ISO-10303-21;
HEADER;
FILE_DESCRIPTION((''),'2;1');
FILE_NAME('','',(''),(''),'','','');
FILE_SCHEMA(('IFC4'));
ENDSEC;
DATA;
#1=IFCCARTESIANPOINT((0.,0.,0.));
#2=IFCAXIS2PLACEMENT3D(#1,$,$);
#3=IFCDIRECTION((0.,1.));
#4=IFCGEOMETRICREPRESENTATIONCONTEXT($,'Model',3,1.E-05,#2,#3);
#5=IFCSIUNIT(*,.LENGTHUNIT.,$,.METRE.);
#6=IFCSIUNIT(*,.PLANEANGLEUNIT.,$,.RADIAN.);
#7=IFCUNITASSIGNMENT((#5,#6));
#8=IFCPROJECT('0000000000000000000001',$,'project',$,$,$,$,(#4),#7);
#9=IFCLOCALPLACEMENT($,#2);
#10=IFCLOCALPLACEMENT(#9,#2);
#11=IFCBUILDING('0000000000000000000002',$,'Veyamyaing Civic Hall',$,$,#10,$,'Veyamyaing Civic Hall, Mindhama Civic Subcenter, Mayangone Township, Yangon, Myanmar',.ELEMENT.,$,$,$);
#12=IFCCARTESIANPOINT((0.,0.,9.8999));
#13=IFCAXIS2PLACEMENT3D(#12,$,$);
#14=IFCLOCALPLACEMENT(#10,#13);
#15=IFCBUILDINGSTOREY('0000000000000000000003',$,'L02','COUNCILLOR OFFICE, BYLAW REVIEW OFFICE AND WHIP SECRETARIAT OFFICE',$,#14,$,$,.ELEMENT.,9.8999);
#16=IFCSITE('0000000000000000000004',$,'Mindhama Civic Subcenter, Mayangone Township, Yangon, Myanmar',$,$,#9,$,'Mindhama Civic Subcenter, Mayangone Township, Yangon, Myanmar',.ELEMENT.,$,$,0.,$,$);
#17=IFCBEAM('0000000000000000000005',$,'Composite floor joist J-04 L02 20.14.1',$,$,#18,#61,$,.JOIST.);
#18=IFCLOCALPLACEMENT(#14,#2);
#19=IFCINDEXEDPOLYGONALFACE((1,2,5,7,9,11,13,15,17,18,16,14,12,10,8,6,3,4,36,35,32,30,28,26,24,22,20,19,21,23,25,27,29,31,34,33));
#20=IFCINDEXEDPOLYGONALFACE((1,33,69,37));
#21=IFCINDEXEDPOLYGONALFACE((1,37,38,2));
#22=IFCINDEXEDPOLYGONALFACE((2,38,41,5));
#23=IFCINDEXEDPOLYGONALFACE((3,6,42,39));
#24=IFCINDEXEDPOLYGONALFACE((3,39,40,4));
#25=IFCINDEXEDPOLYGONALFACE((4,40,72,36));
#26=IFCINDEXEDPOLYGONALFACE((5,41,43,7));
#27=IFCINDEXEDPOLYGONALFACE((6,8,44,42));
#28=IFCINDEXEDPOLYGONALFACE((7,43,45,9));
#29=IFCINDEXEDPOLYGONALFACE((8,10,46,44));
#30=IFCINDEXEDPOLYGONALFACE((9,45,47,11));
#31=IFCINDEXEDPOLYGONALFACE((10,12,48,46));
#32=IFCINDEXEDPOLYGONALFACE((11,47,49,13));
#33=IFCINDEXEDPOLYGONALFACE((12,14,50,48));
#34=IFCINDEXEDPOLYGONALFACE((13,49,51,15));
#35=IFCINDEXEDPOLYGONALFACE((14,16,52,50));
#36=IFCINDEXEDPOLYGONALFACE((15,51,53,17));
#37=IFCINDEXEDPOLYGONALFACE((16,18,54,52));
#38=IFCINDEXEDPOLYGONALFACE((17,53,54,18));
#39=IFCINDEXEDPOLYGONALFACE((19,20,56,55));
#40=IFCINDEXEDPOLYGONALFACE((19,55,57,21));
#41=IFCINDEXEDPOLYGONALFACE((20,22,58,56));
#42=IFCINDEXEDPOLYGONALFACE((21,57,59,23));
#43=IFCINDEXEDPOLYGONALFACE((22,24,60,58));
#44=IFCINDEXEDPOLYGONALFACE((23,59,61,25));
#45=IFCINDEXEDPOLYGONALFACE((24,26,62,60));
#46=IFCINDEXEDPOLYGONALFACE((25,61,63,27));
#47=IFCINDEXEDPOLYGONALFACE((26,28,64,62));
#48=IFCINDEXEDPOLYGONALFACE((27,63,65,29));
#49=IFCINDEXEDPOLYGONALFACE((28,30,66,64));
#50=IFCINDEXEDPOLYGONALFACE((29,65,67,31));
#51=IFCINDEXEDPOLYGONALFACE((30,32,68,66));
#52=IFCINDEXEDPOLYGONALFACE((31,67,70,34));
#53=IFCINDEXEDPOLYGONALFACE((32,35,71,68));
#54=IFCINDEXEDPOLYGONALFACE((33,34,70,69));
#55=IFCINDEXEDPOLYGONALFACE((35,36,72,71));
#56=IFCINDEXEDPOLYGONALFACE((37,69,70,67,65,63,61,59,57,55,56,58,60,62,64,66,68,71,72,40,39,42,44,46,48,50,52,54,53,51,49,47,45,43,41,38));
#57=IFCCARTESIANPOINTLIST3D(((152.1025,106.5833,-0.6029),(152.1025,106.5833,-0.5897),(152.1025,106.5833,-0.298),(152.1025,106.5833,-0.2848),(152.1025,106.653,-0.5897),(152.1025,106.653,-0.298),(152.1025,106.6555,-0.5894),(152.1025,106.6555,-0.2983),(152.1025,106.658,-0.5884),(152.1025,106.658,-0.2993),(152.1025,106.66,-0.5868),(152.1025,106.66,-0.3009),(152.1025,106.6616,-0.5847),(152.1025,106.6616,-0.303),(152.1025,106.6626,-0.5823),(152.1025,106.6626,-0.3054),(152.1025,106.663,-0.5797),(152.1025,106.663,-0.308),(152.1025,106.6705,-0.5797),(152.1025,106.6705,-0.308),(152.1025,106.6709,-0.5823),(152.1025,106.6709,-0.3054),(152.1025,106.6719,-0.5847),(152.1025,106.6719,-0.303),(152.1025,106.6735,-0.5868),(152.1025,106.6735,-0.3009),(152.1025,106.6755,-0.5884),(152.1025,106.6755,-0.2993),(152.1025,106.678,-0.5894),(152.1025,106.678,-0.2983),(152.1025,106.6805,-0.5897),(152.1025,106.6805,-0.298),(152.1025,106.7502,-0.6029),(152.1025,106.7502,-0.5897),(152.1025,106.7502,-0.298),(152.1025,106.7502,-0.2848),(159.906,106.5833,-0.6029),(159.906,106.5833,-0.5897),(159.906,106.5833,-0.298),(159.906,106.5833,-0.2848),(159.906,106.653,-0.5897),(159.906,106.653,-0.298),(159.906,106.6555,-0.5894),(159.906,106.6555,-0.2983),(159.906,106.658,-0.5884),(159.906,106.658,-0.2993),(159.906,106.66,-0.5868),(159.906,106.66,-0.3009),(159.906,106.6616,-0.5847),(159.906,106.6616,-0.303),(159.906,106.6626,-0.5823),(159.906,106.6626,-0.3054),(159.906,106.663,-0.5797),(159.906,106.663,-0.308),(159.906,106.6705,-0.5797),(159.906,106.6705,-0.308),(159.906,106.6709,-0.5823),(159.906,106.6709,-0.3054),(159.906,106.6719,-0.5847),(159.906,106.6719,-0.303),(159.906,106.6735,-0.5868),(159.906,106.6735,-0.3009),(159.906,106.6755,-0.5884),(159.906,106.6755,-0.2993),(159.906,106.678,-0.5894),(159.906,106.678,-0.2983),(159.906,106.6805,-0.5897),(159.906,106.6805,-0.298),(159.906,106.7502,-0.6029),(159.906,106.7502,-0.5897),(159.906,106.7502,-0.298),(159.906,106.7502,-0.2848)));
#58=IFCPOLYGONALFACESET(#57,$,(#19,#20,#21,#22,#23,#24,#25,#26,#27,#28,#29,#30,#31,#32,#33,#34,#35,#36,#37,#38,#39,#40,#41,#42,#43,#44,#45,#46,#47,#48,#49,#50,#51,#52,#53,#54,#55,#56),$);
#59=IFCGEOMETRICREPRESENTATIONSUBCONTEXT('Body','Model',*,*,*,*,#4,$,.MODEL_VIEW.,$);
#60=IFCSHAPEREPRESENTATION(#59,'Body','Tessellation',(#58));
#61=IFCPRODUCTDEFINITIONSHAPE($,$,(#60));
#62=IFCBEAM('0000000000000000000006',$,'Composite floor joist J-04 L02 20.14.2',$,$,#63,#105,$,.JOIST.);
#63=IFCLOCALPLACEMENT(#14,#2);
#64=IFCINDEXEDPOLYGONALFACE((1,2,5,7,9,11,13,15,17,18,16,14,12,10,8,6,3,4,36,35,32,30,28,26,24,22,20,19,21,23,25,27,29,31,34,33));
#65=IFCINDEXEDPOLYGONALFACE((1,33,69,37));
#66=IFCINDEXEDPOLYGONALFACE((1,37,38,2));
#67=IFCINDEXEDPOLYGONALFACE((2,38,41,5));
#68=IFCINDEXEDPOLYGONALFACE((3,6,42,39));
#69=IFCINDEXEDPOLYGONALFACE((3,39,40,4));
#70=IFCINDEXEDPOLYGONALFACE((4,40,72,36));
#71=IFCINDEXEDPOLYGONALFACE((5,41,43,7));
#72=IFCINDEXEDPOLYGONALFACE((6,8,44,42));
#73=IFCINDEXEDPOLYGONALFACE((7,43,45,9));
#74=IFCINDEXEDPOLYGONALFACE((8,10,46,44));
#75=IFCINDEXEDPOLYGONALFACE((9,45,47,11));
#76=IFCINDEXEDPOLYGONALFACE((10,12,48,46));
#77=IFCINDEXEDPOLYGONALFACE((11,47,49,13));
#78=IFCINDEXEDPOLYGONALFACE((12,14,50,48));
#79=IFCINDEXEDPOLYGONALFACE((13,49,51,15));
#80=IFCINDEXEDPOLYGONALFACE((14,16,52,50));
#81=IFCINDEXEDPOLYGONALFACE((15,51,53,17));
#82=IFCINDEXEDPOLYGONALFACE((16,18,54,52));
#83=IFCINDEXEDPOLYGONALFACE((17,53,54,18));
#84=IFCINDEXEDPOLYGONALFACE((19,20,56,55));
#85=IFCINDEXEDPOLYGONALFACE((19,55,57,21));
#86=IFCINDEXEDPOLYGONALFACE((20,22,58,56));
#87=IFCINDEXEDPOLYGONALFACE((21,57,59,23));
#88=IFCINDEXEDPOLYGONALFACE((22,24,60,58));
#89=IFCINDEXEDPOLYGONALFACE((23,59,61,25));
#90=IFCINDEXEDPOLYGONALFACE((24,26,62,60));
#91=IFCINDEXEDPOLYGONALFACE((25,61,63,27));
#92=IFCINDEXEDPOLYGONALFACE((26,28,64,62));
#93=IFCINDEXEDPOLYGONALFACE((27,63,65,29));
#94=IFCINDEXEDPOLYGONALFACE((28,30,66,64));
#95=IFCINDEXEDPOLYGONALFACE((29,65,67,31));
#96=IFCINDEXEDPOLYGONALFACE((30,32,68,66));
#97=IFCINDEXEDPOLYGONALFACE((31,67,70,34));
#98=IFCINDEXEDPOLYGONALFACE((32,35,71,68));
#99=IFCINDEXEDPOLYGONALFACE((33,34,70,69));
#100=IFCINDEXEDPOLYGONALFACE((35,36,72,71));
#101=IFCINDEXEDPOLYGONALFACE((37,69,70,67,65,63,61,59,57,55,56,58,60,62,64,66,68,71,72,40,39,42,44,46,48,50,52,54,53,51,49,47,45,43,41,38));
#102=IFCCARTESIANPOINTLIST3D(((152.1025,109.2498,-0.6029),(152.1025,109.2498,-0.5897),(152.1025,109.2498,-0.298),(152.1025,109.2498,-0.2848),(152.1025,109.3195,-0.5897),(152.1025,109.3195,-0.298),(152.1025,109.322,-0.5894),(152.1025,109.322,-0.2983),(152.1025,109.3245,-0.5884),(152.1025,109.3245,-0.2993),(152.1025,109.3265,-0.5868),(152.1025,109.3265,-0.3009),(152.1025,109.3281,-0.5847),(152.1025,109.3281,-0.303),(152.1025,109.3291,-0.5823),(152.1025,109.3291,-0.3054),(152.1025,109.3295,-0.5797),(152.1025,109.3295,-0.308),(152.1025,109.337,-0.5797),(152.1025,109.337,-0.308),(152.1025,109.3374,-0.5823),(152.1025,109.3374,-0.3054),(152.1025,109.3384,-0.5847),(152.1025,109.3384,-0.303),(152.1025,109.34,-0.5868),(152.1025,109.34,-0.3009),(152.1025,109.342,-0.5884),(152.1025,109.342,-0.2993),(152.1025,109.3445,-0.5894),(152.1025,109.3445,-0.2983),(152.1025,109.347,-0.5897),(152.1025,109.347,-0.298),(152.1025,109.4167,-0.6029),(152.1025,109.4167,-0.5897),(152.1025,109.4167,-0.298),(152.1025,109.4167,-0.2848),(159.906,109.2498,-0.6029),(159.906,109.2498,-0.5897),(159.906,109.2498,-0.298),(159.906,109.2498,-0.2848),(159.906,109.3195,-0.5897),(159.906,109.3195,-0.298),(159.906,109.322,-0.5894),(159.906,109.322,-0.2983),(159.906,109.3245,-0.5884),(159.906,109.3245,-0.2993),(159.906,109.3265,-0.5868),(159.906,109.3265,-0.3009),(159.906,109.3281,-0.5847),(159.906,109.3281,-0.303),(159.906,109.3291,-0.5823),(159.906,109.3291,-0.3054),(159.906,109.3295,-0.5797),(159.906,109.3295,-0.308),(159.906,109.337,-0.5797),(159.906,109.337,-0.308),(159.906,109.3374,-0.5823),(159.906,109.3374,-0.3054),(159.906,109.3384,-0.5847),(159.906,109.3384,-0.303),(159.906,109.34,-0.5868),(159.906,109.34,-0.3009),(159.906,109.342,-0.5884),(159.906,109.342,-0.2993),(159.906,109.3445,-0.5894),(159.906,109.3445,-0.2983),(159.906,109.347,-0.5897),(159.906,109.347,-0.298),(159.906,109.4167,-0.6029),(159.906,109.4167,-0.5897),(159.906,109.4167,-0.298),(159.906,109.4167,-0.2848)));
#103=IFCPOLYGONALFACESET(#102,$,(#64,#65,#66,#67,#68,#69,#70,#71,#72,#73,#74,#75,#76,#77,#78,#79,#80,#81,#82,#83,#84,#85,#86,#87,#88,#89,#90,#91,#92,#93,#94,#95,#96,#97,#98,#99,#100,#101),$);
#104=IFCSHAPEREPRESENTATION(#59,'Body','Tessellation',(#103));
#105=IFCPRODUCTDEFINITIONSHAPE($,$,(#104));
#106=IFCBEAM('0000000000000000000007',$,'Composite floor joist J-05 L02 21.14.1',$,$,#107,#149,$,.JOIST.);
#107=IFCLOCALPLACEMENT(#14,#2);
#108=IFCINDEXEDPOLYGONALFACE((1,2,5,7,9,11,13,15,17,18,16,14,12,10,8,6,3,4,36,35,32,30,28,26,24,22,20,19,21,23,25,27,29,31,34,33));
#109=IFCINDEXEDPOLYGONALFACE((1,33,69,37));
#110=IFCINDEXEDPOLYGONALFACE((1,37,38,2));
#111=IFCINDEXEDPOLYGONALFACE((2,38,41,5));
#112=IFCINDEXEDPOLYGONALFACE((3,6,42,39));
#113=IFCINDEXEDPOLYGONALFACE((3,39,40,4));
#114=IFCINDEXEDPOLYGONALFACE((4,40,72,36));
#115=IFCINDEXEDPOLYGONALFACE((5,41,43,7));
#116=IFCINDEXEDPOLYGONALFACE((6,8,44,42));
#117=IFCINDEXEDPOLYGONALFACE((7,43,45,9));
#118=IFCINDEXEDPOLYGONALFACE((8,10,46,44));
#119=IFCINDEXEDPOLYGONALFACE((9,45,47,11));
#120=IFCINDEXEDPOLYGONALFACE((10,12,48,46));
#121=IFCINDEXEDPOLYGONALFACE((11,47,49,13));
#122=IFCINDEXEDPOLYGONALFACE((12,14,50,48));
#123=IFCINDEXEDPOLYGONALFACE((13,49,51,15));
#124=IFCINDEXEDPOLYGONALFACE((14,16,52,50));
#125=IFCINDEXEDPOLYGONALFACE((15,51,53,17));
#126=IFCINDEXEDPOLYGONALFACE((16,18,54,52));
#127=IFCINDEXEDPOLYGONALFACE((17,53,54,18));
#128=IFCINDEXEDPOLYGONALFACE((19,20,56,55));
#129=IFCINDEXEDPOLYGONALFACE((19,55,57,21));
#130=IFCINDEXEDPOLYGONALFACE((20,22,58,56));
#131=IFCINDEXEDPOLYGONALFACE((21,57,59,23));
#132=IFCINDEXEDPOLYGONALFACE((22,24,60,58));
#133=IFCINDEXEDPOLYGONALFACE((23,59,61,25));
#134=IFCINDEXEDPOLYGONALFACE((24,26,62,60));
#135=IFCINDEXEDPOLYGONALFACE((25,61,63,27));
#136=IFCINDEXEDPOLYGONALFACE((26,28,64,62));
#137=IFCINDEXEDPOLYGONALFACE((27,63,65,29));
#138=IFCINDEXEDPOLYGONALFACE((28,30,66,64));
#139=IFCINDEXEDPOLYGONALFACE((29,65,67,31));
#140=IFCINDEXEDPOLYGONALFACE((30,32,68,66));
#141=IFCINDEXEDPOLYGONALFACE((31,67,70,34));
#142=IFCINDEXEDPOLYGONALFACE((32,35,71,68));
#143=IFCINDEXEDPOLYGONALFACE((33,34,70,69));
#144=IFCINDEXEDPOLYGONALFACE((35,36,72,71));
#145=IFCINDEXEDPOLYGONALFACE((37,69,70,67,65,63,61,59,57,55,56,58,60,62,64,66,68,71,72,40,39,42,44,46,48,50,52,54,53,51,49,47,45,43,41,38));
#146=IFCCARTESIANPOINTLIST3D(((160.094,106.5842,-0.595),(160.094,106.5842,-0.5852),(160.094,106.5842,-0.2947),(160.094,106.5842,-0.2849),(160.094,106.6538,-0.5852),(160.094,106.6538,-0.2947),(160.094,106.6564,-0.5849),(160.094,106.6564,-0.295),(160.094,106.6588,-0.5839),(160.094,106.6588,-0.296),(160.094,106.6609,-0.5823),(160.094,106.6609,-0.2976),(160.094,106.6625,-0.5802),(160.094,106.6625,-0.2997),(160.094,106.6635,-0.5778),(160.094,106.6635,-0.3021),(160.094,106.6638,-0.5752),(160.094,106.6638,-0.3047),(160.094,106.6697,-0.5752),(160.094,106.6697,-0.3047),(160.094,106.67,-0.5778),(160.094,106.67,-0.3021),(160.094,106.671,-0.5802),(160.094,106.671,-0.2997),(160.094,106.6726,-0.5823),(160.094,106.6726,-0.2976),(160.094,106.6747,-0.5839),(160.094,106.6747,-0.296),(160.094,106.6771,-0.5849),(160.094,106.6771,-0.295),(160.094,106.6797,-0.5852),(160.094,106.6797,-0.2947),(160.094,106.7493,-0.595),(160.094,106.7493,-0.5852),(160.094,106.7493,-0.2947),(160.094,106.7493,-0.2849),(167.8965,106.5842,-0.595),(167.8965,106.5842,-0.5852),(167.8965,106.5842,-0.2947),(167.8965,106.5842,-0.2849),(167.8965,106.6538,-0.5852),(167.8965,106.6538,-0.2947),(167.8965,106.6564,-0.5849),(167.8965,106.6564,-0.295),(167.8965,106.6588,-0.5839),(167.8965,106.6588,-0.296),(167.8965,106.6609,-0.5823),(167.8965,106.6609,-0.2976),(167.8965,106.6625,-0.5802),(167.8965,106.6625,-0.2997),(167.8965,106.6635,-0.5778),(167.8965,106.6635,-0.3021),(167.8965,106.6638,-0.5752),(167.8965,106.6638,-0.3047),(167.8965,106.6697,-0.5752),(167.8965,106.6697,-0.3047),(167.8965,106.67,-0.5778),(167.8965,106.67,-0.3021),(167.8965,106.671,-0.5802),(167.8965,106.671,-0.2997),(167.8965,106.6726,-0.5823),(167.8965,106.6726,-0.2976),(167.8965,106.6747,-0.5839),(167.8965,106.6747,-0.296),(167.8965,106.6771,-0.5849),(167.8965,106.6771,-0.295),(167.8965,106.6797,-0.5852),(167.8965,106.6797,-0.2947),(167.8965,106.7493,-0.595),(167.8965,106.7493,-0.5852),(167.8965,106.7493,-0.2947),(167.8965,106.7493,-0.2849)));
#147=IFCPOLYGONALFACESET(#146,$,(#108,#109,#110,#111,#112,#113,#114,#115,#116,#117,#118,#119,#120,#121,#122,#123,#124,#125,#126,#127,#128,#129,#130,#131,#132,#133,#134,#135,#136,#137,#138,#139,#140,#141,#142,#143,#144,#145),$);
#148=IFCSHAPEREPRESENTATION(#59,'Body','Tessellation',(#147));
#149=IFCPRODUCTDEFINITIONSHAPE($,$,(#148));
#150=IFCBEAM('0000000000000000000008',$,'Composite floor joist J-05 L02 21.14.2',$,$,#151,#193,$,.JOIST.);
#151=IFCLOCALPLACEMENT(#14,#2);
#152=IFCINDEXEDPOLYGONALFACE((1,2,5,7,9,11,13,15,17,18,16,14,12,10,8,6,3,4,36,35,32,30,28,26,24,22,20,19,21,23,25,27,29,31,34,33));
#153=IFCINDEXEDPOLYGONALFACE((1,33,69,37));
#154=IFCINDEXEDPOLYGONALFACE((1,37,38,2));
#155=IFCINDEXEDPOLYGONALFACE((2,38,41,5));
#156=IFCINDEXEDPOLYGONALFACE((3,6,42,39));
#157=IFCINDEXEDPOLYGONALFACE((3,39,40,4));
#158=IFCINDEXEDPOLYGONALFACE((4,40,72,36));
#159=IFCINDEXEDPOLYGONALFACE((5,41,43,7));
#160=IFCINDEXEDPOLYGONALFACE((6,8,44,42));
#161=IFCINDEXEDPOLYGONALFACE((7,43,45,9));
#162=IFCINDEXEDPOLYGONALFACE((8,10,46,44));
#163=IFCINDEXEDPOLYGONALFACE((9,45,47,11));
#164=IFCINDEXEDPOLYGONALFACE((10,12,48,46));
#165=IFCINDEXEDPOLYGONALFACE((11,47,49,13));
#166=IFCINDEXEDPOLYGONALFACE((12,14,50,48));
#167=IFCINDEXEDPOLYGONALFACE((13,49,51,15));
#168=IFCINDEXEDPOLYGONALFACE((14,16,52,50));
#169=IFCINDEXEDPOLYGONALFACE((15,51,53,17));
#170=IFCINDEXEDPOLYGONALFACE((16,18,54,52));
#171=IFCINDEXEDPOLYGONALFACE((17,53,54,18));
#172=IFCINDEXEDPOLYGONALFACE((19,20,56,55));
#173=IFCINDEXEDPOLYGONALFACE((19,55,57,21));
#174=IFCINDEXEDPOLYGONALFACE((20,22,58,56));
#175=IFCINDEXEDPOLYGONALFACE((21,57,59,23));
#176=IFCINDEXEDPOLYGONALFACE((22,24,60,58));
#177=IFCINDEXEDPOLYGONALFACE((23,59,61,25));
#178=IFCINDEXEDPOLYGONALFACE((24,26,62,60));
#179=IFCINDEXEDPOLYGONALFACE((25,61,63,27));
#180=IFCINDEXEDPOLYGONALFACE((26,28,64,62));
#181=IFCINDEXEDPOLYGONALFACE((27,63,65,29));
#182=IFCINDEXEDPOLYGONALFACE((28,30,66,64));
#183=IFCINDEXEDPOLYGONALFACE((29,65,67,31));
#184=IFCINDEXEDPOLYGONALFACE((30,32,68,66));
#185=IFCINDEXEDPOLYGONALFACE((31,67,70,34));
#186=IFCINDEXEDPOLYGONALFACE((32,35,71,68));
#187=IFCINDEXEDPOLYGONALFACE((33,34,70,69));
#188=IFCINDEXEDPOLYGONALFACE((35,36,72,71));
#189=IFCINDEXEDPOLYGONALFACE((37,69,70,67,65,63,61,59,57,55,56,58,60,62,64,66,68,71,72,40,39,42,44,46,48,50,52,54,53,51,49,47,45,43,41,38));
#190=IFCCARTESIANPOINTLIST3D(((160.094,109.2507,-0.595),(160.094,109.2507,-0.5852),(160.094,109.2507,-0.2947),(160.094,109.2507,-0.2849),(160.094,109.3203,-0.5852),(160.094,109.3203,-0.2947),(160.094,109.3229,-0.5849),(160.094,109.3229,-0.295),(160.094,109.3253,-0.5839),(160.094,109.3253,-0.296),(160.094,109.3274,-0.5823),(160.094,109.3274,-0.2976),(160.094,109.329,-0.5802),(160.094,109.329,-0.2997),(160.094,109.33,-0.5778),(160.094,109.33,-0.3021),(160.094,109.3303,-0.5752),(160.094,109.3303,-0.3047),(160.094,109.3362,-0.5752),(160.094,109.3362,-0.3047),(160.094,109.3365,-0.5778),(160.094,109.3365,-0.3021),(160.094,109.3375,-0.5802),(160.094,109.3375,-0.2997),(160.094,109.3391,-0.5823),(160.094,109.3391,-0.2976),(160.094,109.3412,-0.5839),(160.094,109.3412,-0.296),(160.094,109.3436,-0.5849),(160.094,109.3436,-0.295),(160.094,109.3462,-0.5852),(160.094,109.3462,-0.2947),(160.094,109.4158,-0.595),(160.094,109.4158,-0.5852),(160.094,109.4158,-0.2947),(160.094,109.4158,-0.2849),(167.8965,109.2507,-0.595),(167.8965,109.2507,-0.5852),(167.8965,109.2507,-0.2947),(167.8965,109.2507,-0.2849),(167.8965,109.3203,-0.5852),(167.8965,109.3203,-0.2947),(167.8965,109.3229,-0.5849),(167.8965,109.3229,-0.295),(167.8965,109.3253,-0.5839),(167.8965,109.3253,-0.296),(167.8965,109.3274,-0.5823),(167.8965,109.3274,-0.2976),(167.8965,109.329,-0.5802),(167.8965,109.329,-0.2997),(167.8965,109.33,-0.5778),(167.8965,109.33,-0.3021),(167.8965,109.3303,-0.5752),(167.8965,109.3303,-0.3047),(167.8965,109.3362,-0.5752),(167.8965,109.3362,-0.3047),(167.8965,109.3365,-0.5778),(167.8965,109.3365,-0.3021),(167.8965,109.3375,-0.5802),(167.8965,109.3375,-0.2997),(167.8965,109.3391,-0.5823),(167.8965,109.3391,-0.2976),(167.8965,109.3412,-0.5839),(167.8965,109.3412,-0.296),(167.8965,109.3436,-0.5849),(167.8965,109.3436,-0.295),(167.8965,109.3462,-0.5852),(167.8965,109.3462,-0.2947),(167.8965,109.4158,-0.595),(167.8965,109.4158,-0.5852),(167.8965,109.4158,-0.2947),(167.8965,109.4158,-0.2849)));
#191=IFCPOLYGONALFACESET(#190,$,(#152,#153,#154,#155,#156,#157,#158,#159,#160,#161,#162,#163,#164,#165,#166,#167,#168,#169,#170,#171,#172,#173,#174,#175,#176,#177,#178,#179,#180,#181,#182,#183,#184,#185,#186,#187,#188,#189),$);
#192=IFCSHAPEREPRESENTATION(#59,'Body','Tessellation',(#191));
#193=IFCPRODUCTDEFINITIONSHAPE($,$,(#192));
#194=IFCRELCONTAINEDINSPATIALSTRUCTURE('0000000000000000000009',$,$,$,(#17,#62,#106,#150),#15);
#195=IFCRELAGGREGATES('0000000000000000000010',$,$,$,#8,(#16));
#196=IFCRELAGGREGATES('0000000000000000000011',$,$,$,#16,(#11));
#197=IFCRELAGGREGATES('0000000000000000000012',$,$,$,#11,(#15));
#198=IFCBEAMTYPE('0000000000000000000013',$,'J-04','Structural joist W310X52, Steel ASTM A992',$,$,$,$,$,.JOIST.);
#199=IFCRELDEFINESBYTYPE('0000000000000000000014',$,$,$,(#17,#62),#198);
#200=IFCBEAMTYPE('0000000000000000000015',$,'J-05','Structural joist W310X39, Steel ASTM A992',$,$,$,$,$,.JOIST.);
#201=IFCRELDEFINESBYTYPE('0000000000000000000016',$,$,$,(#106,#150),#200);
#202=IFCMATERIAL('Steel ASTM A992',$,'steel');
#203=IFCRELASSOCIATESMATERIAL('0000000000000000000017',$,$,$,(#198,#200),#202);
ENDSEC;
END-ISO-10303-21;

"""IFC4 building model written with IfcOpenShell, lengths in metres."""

from ifc_helpers import new_model, si_unit, direction, frame, origin, origin_2d, place, context, subcontext, project, spatial, i_section, extrude, material, material_profile, profile_set, type_object, element, save


model = new_model("IFC4")

# Units and contexts
model_context = context("Model", 3, precision=1e-05, world=origin(), true_north=direction((0.0, 1.0)))
body_context = subcontext(model_context, "Body", "Model", "MODEL_VIEW")
ifc_project = project(units=[si_unit("LENGTHUNIT", "METRE"), si_unit("PLANEANGLEUNIT", "RADIAN")], contexts=[model_context])

# Site, building, storey
site_placement = place(None, origin())
site = spatial("IfcSite", under=ifc_project, at=site_placement, Name="Mindhama Civic Subcenter, Mayangone Township, Yangon, Myanmar", LongName="Mindhama Civic Subcenter, Mayangone Township, Yangon, Myanmar", CompositionType="ELEMENT", RefElevation=0.0)
building_placement = place(site_placement, origin())
building = spatial("IfcBuilding", under=site, at=building_placement, Name="Veyamyaing Civic Hall", LongName="Veyamyaing Civic Hall, Mindhama Civic Subcenter, Mayangone Township, Yangon, Myanmar", CompositionType="ELEMENT")
storey_placement = place(building_placement, frame((0.0, 0.0, 9.8999)))
storey = spatial("IfcBuildingStorey", under=building, at=storey_placement, Name="L02", Description="COUNCILLOR OFFICE, BYLAW REVIEW OFFICE AND WHIP SECRETARIAT OFFICE", CompositionType="ELEMENT", Elevation=9.8999)

# Beams
ifc_material_1 = material(Name="Steel ASTM A992", Category="steel")
ifc_material_profile_1 = material_profile(ifc_material_1, i_section(OverallWidth=0.167, OverallDepth=0.3181, WebThickness=0.0076, FlangeThickness=0.0132, FilletRadius=0.01, at=origin_2d()), Name="W310X52")
ifc_profile_set_1 = profile_set([ifc_material_profile_1], Name="Steel ASTM A992")
beam_type_1 = type_object("IfcBeamType", Name="J-04", Description="Structural joist W310X52, Steel ASTM A992", PredefinedType="JOIST", material=ifc_profile_set_1)
for number, where, z_axis, x_axis, name in (
    (1, (152.1025, 106.6667, -0.4438), (1.0, 0.0, 0.0), (0.0, 1.0, 0.0), "Composite floor joist J-04 L02 20.14.1"),
    (2, (152.1025, 109.3333, -0.4438), (1.0, 0.0, 0.0), (0.0, 1.0, 0.0), "Composite floor joist J-04 L02 20.14.2"),
):
    element("IfcBeam", number, at=place(storey_placement, frame(where, z_axis=z_axis, x_axis=x_axis)), inside=storey, type_object=beam_type_1, Name=name, PredefinedType="JOIST", context=body_context, shape_type="SweptSolid", body=[
        extrude(i_section(OverallWidth=0.167, OverallDepth=0.3181, WebThickness=0.0076, FlangeThickness=0.0132, FilletRadius=0.01, at=origin_2d()), origin(), (0.0, 0.0, 1.0), 7.8035),
    ])
ifc_material_profile_2 = material_profile(ifc_material_1, i_section(OverallWidth=0.165, OverallDepth=0.3101, WebThickness=0.0059, FlangeThickness=0.0098, FilletRadius=0.01, at=origin_2d()), Name="W310X39")
ifc_profile_set_2 = profile_set([ifc_material_profile_2], Name="Steel ASTM A992")
beam_type_2 = type_object("IfcBeamType", Name="J-05", Description="Structural joist W310X39, Steel ASTM A992", PredefinedType="JOIST", material=ifc_profile_set_2)
for number, where, z_axis, x_axis, name in (
    (3, (160.094, 106.6667, -0.4399), (1.0, 0.0, 0.0), (0.0, 1.0, 0.0), "Composite floor joist J-05 L02 21.14.1"),
    (4, (160.094, 109.3333, -0.4399), (1.0, 0.0, 0.0), (0.0, 1.0, 0.0), "Composite floor joist J-05 L02 21.14.2"),
):
    element("IfcBeam", number, at=place(storey_placement, frame(where, z_axis=z_axis, x_axis=x_axis)), inside=storey, type_object=beam_type_2, Name=name, PredefinedType="JOIST", context=body_context, shape_type="SweptSolid", body=[
        extrude(i_section(OverallWidth=0.165, OverallDepth=0.3101, WebThickness=0.0059, FlangeThickness=0.0098, FilletRadius=0.01, at=origin_2d()), origin(), (0.0, 0.0, 1.0), 7.8025),
    ])

save(model, "model.ifc")
